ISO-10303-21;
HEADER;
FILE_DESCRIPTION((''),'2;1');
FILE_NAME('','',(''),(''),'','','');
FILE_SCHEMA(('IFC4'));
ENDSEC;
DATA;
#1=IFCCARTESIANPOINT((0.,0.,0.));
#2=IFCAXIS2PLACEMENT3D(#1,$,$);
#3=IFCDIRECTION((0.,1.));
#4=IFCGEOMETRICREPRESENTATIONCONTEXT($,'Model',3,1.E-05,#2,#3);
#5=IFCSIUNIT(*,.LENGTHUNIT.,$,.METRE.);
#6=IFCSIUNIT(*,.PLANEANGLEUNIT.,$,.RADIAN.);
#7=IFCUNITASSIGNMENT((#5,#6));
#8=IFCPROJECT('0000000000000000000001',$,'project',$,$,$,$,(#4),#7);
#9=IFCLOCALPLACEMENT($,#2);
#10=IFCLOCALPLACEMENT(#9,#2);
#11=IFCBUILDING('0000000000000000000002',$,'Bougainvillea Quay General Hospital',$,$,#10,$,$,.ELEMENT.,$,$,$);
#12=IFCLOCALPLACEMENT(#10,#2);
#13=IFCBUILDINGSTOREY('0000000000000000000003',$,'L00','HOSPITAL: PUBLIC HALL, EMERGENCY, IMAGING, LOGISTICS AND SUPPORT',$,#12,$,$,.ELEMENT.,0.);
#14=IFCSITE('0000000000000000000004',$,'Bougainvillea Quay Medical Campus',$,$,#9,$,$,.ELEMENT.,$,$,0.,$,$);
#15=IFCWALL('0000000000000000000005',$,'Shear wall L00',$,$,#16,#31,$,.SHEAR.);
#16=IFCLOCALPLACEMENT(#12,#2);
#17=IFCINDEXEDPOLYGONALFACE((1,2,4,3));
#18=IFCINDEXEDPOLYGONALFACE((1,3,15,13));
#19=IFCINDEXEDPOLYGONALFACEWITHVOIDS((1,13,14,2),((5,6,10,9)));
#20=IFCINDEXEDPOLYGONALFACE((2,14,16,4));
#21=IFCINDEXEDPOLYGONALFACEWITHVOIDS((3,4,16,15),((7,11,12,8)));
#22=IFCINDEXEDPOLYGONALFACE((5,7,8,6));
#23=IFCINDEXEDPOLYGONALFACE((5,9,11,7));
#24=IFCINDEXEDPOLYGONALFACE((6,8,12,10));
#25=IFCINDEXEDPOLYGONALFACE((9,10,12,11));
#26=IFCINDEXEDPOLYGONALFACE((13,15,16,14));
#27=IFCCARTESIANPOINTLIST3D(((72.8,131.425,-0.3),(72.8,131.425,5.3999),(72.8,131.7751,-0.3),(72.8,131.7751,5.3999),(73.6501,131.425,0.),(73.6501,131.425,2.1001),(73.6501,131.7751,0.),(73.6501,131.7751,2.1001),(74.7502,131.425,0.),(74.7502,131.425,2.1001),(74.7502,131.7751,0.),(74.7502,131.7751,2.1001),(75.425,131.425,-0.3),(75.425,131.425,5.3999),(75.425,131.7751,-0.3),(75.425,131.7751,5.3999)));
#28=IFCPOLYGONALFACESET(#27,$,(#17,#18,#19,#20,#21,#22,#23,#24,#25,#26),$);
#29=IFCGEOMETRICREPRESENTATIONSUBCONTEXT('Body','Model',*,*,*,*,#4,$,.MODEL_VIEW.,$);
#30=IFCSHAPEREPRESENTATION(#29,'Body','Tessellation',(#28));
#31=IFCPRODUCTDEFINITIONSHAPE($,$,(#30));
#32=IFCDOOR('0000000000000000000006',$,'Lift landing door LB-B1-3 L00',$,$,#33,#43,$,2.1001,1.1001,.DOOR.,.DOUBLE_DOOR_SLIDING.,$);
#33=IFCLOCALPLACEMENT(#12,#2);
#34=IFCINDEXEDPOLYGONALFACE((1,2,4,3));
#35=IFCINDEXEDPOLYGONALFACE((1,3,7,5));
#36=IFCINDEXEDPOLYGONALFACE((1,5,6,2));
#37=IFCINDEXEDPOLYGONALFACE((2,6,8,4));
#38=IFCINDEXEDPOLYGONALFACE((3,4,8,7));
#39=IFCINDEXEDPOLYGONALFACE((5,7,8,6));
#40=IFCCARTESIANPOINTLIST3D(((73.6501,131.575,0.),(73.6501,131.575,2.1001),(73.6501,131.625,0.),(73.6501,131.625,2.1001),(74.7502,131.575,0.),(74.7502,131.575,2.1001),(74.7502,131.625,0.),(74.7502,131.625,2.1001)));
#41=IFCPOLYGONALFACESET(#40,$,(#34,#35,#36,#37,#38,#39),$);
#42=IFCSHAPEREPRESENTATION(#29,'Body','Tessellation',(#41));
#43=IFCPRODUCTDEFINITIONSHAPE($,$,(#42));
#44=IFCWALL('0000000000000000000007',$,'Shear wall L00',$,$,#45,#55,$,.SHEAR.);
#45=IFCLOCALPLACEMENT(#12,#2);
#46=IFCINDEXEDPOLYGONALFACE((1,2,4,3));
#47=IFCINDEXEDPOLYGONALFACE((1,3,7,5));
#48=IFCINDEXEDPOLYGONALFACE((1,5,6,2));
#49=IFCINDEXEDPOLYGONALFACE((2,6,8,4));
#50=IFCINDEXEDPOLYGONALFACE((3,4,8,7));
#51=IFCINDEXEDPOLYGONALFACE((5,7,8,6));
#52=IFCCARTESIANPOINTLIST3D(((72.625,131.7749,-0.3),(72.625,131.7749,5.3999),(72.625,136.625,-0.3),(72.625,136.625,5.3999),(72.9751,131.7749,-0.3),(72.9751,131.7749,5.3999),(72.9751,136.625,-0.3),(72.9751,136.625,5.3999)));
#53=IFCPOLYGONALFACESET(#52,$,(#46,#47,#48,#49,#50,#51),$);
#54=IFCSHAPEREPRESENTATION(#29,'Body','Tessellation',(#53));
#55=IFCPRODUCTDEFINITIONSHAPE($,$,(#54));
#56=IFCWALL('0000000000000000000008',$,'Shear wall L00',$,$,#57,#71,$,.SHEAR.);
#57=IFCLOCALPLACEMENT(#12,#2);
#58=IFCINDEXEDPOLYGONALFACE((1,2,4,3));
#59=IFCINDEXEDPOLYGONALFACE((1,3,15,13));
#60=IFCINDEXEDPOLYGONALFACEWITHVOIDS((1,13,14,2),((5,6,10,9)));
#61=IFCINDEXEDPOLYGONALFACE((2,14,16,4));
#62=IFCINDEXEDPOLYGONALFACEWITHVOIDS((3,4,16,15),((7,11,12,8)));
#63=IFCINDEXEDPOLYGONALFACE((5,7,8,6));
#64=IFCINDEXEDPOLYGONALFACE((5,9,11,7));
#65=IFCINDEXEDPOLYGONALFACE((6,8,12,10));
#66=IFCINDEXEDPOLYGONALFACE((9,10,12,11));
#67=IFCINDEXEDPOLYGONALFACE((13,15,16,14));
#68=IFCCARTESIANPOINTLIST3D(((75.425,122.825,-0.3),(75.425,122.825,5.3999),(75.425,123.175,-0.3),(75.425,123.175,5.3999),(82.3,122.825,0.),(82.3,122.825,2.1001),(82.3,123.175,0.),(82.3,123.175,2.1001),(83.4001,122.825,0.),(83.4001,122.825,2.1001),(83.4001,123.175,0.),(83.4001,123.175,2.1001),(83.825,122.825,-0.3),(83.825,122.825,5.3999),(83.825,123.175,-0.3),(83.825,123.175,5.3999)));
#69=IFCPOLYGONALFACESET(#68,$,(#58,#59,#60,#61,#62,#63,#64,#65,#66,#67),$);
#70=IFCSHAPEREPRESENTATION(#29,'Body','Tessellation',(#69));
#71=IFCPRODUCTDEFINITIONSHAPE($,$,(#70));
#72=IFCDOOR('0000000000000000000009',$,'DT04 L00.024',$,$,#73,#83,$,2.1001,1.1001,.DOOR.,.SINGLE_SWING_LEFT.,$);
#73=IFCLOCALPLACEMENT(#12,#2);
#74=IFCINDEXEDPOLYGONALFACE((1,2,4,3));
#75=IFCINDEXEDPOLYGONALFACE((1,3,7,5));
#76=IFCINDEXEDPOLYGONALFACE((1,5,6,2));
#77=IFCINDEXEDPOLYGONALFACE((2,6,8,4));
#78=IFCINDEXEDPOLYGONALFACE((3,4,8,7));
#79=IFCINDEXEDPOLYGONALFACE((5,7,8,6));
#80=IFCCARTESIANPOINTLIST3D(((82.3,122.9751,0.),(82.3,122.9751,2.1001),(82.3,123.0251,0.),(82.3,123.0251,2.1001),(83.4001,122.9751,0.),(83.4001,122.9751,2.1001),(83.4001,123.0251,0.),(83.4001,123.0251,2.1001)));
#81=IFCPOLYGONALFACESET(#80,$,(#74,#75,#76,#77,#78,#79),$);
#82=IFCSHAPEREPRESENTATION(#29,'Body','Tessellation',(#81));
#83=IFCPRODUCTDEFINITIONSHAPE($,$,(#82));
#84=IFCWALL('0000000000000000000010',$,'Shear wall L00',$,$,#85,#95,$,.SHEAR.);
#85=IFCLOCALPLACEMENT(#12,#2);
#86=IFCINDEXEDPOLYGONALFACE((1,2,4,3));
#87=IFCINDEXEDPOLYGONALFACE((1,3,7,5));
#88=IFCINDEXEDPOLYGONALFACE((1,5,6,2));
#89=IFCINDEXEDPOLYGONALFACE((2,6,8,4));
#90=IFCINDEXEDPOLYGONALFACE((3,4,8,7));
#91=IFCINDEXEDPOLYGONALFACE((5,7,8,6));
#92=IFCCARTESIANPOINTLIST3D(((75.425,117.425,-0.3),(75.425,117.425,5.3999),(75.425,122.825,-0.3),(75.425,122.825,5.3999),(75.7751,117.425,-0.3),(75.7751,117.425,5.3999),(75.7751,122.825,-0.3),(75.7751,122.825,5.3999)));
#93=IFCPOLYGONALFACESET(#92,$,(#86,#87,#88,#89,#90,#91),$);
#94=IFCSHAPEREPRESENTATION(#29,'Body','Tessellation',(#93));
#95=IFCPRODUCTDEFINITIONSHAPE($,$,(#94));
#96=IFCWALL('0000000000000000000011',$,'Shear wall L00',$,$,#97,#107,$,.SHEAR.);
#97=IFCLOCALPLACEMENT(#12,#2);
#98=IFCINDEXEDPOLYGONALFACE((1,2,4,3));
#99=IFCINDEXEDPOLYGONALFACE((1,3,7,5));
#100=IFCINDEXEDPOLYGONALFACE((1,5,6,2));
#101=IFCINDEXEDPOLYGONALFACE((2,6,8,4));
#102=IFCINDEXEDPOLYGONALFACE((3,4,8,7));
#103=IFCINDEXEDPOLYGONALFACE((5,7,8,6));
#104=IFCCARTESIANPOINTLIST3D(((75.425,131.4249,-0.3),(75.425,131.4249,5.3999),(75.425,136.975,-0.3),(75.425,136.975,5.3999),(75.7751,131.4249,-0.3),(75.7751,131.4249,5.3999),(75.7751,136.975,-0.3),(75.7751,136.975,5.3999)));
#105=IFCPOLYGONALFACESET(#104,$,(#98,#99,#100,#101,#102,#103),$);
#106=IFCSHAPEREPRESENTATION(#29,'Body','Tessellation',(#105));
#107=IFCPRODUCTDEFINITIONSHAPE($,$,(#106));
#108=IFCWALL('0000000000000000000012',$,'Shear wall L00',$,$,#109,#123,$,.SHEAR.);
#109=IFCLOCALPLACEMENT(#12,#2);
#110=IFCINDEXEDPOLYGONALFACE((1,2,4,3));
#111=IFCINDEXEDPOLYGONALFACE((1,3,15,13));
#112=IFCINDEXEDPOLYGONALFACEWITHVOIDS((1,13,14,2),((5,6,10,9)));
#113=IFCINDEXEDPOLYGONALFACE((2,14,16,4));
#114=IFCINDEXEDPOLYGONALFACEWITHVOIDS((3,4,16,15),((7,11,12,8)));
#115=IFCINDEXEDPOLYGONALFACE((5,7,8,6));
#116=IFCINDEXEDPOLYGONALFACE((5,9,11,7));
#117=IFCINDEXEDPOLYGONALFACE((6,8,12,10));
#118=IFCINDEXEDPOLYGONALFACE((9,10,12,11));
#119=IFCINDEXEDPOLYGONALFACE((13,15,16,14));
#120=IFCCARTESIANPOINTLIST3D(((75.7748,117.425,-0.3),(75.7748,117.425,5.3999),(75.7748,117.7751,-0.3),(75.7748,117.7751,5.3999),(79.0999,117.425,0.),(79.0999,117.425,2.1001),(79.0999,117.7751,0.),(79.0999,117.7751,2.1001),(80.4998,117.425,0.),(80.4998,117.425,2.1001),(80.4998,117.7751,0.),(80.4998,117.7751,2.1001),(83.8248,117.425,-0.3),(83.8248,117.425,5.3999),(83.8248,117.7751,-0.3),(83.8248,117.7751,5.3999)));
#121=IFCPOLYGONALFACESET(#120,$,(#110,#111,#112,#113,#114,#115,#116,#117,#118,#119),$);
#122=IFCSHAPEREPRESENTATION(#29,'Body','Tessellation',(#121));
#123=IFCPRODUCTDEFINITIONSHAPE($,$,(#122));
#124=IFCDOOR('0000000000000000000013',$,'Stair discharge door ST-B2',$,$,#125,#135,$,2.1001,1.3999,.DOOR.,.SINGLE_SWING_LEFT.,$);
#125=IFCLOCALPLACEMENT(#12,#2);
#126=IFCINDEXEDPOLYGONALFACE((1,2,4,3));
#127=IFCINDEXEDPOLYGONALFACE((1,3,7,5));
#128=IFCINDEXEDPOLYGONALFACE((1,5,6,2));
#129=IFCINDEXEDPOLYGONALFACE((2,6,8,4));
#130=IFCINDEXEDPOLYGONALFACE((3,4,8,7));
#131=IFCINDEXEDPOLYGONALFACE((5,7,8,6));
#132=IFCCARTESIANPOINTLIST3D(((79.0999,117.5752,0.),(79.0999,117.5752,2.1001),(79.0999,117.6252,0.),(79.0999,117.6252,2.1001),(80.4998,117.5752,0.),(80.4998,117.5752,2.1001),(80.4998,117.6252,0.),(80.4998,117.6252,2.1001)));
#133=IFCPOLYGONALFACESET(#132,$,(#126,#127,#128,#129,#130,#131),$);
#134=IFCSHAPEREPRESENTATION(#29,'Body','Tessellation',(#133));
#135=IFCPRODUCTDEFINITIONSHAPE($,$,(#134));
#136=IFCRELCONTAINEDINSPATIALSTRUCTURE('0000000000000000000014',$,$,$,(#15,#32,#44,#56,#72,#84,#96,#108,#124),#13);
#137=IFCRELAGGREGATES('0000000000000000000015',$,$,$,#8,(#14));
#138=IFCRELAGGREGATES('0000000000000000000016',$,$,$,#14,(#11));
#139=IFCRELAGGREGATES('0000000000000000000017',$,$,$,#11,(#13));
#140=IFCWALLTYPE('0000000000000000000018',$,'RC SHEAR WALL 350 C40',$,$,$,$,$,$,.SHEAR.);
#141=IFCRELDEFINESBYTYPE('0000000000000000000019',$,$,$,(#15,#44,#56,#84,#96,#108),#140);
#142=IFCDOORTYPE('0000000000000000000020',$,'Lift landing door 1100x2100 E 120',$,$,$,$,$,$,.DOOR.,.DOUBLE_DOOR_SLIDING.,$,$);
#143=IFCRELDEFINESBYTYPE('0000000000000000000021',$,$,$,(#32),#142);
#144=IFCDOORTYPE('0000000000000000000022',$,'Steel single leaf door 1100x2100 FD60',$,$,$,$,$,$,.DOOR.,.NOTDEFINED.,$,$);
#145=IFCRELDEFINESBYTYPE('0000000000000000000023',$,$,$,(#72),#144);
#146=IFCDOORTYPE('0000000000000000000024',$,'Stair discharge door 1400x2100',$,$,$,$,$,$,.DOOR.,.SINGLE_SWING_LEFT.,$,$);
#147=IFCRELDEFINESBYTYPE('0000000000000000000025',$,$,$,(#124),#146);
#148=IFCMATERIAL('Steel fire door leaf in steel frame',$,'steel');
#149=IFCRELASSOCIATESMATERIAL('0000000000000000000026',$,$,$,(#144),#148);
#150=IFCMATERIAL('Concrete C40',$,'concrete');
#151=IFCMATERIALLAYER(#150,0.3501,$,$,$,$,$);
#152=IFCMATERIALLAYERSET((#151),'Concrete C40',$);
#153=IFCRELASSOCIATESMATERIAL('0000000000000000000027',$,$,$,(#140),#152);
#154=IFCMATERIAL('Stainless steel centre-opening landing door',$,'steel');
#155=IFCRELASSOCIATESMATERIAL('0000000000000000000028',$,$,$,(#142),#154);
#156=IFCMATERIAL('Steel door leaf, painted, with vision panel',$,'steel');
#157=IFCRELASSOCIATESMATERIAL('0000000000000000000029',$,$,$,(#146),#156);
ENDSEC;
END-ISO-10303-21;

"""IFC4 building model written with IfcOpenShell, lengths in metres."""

from ifc_helpers import new_model, si_unit, direction, frame, frame_2d, origin, place, context, subcontext, project, spatial, rectangle, extrude, material, layer, layer_set, type_object, element, fill, save


model = new_model("IFC4")

# Units and contexts
model_context = context("Model", 3, precision=1e-05, world=origin(), true_north=direction((0.0, 1.0)))
body_context = subcontext(model_context, "Body", "Model", "MODEL_VIEW")
ifc_project = project(units=[si_unit("LENGTHUNIT", "METRE"), si_unit("PLANEANGLEUNIT", "RADIAN")], contexts=[model_context])

# Site, building, storey
site_placement = place(None, origin())
site = spatial("IfcSite", under=ifc_project, at=site_placement, Name="Bougainvillea Quay Medical Campus", CompositionType="ELEMENT", RefElevation=0.0)
building_placement = place(site_placement, origin())
building = spatial("IfcBuilding", under=site, at=building_placement, Name="Bougainvillea Quay General Hospital", CompositionType="ELEMENT")
storey_placement = place(building_placement, origin())
storey = spatial("IfcBuildingStorey", under=building, at=storey_placement, Name="L00", Description="HOSPITAL: PUBLIC HALL, EMERGENCY, IMAGING, LOGISTICS AND SUPPORT", CompositionType="ELEMENT", Elevation=0.0)

# Shared definitions
ifc_material_1 = material(Name="Concrete C40", Category="concrete")

# Shared definitions
ifc_material_2 = material(Name="Steel fire door leaf in steel frame", Category="steel")
door_type_1 = type_object("IfcDoorType", Name="Steel single leaf door 1100x2100 FD60", OperationType="NOTDEFINED", PredefinedType="DOOR", material=ifc_material_2)

# Shared definitions
ifc_layer_1 = layer(ifc_material_1, 0.3501)
ifc_layer_set_1 = layer_set([ifc_layer_1], Name="Concrete C40")
wall_type_1 = type_object("IfcWallType", Name="RC SHEAR WALL 350 C40", PredefinedType="SHEAR", material=ifc_layer_set_1)
ifc_material_3 = material(Name="Stainless steel centre-opening landing door", Category="steel")

# Wall, opening, door
wall_1_placement = place(storey_placement, frame((72.8, 131.6001, -0.3), z_axis=(0.0, 0.0, 1.0), x_axis=(1.0, 0.0, 0.0)))
wall_1 = element("IfcWall", 1, at=wall_1_placement, inside=storey, type_object=wall_type_1, Name="Shear wall L00", PredefinedType="SHEAR", context=body_context, shape_type="SweptSolid", body=[
    extrude(rectangle(XDim=2.625, YDim=0.3501, at=frame_2d((1.3125, 0.0))), origin(), (0.0, 0.0, 1.0), 5.7),
])
opening_1_placement = place(wall_1_placement, frame((0.8501, 0.0, 0.3)))
opening_1 = element("IfcOpeningElement", 2, at=opening_1_placement, cuts=wall_1, PredefinedType="OPENING", context=body_context, shape_type="SweptSolid", body=[
    extrude(rectangle(XDim=1.1001, YDim=2.1001, at=frame_2d((0.55, 1.05))), frame((0.0, 0.1851, 0.0), z_axis=(0.0, -1.0, 0.0), x_axis=(1.0, 0.0, 0.0)), (0.0, 0.0, 1.0), 0.3701),
])
door_type_2 = type_object("IfcDoorType", Name="Lift landing door 1100x2100 E 120", OperationType="DOUBLE_DOOR_SLIDING", PredefinedType="DOOR", material=ifc_material_3)
door_1_placement = place(opening_1_placement, origin())
door_1 = element("IfcDoor", 3, at=door_1_placement, inside=storey, type_object=door_type_2, Name="Lift landing door LB-B1-3 L00", OperationType="DOUBLE_DOOR_SLIDING", OverallHeight=2.1001, OverallWidth=1.1001, PredefinedType="DOOR", context=body_context, shape_type="SweptSolid", body=[
    extrude(rectangle(XDim=1.1001, YDim=2.1001, at=frame_2d((0.55, 1.05))), frame((0.0, 0.0249, 0.0), z_axis=(0.0, -1.0, 0.0), x_axis=(1.0, 0.0, 0.0)), (0.0, 0.0, 1.0), 0.05),
])
fill(opening_1, door_1)

# Wall
wall_2_placement = place(storey_placement, frame((72.8, 131.7749, -0.3), z_axis=(0.0, 0.0, 1.0), x_axis=(0.0, 1.0, 0.0)))
element("IfcWall", 4, at=wall_2_placement, inside=storey, type_object=wall_type_1, Name="Shear wall L00", PredefinedType="SHEAR", context=body_context, shape_type="SweptSolid", body=[
    extrude(rectangle(XDim=4.8501, YDim=0.3501, at=frame_2d((2.425, 0.0))), origin(), (0.0, 0.0, 1.0), 5.7),
])

# Wall, opening, door
wall_3_placement = place(storey_placement, frame((75.425, 123.0, -0.3), z_axis=(0.0, 0.0, 1.0), x_axis=(1.0, 0.0, 0.0)))
wall_3 = element("IfcWall", 5, at=wall_3_placement, inside=storey, type_object=wall_type_1, Name="Shear wall L00", PredefinedType="SHEAR", context=body_context, shape_type="SweptSolid", body=[
    extrude(rectangle(XDim=8.3999, YDim=0.3501, at=frame_2d((4.2, 0.0))), origin(), (0.0, 0.0, 1.0), 5.7),
])
opening_2_placement = place(wall_3_placement, frame((6.875, 0.0, 0.3)))
opening_2 = element("IfcOpeningElement", 6, at=opening_2_placement, cuts=wall_3, PredefinedType="OPENING", context=body_context, shape_type="SweptSolid", body=[
    extrude(rectangle(XDim=1.1001, YDim=2.1001, at=frame_2d((0.55, 1.05))), frame((0.0, 0.1851, 0.0), z_axis=(0.0, -1.0, 0.0), x_axis=(1.0, 0.0, 0.0)), (0.0, 0.0, 1.0), 0.3701),
])
door_2_placement = place(opening_2_placement, frame((1.1001, 0.0, 0.0), z_axis=(0.0, 0.0, 1.0), x_axis=(-1.0, 0.0, 0.0)))
door_2 = element("IfcDoor", 7, at=door_2_placement, inside=storey, type_object=door_type_1, Name="DT04 L00.024", OperationType="SINGLE_SWING_LEFT", OverallHeight=2.1001, OverallWidth=1.1001, PredefinedType="DOOR", context=body_context, shape_type="SweptSolid", body=[
    extrude(rectangle(XDim=1.1001, YDim=2.1001, at=frame_2d((0.55, 1.05))), frame((0.0, 0.0249, 0.0), z_axis=(0.0, -1.0, 0.0), x_axis=(1.0, 0.0, 0.0)), (0.0, 0.0, 1.0), 0.05),
])
fill(opening_2, door_2)

# Walls
wall_4_placement = place(storey_placement, frame((75.6001, 117.425, -0.3), z_axis=(0.0, 0.0, 1.0), x_axis=(0.0, 1.0, 0.0)))
element("IfcWall", 8, at=wall_4_placement, inside=storey, type_object=wall_type_1, Name="Shear wall L00", PredefinedType="SHEAR", context=body_context, shape_type="SweptSolid", body=[
    extrude(rectangle(XDim=5.3999, YDim=0.3501, at=frame_2d((2.7, 0.0))), origin(), (0.0, 0.0, 1.0), 5.7),
])
wall_5_placement = place(storey_placement, frame((75.6001, 131.425, -0.3), z_axis=(0.0, 0.0, 1.0), x_axis=(0.0, 1.0, 0.0)))
element("IfcWall", 9, at=wall_5_placement, inside=storey, type_object=wall_type_1, Name="Shear wall L00", PredefinedType="SHEAR", context=body_context, shape_type="SweptSolid", body=[
    extrude(rectangle(XDim=5.55, YDim=0.3501, at=frame_2d((2.7749, 0.0))), origin(), (0.0, 0.0, 1.0), 5.7),
])

# Wall, opening, door
wall_6_placement = place(storey_placement, frame((75.7749, 117.6001, -0.3), z_axis=(0.0, 0.0, 1.0), x_axis=(1.0, 0.0, 0.0)))
wall_6 = element("IfcWall", 10, at=wall_6_placement, inside=storey, type_object=wall_type_1, Name="Shear wall L00", PredefinedType="SHEAR", context=body_context, shape_type="SweptSolid", body=[
    extrude(rectangle(XDim=8.05, YDim=0.3501, at=frame_2d((4.0249, 0.0))), origin(), (0.0, 0.0, 1.0), 5.7),
])
opening_3_placement = place(wall_6_placement, frame((3.325, 0.0, 0.3)))
opening_3 = element("IfcOpeningElement", 11, at=opening_3_placement, cuts=wall_6, PredefinedType="OPENING", context=body_context, shape_type="SweptSolid", body=[
    extrude(rectangle(XDim=1.3999, YDim=2.1001, at=frame_2d((0.7, 1.05))), frame((0.0, 0.1851, 0.0), z_axis=(0.0, -1.0, 0.0), x_axis=(1.0, 0.0, 0.0)), (0.0, 0.0, 1.0), 0.3701),
])
ifc_material_4 = material(Name="Steel door leaf, painted, with vision panel", Category="steel")
door_type_3 = type_object("IfcDoorType", Name="Stair discharge door 1400x2100", OperationType="SINGLE_SWING_LEFT", PredefinedType="DOOR", material=ifc_material_4)
door_3_placement = place(opening_3_placement, frame((1.3999, 0.0, 0.0), z_axis=(0.0, 0.0, 1.0), x_axis=(-1.0, 0.0, 0.0)))
door_3 = element("IfcDoor", 12, at=door_3_placement, inside=storey, type_object=door_type_3, Name="Stair discharge door ST-B2", OperationType="SINGLE_SWING_LEFT", OverallHeight=2.1001, OverallWidth=1.3999, PredefinedType="DOOR", context=body_context, shape_type="SweptSolid", body=[
    extrude(rectangle(XDim=1.3999, YDim=2.1001, at=frame_2d((0.7, 1.05))), frame((0.0, 0.0249, 0.0), z_axis=(0.0, -1.0, 0.0), x_axis=(1.0, 0.0, 0.0)), (0.0, 0.0, 1.0), 0.05),
])
fill(opening_3, door_3)

save(model, "model.ifc")
